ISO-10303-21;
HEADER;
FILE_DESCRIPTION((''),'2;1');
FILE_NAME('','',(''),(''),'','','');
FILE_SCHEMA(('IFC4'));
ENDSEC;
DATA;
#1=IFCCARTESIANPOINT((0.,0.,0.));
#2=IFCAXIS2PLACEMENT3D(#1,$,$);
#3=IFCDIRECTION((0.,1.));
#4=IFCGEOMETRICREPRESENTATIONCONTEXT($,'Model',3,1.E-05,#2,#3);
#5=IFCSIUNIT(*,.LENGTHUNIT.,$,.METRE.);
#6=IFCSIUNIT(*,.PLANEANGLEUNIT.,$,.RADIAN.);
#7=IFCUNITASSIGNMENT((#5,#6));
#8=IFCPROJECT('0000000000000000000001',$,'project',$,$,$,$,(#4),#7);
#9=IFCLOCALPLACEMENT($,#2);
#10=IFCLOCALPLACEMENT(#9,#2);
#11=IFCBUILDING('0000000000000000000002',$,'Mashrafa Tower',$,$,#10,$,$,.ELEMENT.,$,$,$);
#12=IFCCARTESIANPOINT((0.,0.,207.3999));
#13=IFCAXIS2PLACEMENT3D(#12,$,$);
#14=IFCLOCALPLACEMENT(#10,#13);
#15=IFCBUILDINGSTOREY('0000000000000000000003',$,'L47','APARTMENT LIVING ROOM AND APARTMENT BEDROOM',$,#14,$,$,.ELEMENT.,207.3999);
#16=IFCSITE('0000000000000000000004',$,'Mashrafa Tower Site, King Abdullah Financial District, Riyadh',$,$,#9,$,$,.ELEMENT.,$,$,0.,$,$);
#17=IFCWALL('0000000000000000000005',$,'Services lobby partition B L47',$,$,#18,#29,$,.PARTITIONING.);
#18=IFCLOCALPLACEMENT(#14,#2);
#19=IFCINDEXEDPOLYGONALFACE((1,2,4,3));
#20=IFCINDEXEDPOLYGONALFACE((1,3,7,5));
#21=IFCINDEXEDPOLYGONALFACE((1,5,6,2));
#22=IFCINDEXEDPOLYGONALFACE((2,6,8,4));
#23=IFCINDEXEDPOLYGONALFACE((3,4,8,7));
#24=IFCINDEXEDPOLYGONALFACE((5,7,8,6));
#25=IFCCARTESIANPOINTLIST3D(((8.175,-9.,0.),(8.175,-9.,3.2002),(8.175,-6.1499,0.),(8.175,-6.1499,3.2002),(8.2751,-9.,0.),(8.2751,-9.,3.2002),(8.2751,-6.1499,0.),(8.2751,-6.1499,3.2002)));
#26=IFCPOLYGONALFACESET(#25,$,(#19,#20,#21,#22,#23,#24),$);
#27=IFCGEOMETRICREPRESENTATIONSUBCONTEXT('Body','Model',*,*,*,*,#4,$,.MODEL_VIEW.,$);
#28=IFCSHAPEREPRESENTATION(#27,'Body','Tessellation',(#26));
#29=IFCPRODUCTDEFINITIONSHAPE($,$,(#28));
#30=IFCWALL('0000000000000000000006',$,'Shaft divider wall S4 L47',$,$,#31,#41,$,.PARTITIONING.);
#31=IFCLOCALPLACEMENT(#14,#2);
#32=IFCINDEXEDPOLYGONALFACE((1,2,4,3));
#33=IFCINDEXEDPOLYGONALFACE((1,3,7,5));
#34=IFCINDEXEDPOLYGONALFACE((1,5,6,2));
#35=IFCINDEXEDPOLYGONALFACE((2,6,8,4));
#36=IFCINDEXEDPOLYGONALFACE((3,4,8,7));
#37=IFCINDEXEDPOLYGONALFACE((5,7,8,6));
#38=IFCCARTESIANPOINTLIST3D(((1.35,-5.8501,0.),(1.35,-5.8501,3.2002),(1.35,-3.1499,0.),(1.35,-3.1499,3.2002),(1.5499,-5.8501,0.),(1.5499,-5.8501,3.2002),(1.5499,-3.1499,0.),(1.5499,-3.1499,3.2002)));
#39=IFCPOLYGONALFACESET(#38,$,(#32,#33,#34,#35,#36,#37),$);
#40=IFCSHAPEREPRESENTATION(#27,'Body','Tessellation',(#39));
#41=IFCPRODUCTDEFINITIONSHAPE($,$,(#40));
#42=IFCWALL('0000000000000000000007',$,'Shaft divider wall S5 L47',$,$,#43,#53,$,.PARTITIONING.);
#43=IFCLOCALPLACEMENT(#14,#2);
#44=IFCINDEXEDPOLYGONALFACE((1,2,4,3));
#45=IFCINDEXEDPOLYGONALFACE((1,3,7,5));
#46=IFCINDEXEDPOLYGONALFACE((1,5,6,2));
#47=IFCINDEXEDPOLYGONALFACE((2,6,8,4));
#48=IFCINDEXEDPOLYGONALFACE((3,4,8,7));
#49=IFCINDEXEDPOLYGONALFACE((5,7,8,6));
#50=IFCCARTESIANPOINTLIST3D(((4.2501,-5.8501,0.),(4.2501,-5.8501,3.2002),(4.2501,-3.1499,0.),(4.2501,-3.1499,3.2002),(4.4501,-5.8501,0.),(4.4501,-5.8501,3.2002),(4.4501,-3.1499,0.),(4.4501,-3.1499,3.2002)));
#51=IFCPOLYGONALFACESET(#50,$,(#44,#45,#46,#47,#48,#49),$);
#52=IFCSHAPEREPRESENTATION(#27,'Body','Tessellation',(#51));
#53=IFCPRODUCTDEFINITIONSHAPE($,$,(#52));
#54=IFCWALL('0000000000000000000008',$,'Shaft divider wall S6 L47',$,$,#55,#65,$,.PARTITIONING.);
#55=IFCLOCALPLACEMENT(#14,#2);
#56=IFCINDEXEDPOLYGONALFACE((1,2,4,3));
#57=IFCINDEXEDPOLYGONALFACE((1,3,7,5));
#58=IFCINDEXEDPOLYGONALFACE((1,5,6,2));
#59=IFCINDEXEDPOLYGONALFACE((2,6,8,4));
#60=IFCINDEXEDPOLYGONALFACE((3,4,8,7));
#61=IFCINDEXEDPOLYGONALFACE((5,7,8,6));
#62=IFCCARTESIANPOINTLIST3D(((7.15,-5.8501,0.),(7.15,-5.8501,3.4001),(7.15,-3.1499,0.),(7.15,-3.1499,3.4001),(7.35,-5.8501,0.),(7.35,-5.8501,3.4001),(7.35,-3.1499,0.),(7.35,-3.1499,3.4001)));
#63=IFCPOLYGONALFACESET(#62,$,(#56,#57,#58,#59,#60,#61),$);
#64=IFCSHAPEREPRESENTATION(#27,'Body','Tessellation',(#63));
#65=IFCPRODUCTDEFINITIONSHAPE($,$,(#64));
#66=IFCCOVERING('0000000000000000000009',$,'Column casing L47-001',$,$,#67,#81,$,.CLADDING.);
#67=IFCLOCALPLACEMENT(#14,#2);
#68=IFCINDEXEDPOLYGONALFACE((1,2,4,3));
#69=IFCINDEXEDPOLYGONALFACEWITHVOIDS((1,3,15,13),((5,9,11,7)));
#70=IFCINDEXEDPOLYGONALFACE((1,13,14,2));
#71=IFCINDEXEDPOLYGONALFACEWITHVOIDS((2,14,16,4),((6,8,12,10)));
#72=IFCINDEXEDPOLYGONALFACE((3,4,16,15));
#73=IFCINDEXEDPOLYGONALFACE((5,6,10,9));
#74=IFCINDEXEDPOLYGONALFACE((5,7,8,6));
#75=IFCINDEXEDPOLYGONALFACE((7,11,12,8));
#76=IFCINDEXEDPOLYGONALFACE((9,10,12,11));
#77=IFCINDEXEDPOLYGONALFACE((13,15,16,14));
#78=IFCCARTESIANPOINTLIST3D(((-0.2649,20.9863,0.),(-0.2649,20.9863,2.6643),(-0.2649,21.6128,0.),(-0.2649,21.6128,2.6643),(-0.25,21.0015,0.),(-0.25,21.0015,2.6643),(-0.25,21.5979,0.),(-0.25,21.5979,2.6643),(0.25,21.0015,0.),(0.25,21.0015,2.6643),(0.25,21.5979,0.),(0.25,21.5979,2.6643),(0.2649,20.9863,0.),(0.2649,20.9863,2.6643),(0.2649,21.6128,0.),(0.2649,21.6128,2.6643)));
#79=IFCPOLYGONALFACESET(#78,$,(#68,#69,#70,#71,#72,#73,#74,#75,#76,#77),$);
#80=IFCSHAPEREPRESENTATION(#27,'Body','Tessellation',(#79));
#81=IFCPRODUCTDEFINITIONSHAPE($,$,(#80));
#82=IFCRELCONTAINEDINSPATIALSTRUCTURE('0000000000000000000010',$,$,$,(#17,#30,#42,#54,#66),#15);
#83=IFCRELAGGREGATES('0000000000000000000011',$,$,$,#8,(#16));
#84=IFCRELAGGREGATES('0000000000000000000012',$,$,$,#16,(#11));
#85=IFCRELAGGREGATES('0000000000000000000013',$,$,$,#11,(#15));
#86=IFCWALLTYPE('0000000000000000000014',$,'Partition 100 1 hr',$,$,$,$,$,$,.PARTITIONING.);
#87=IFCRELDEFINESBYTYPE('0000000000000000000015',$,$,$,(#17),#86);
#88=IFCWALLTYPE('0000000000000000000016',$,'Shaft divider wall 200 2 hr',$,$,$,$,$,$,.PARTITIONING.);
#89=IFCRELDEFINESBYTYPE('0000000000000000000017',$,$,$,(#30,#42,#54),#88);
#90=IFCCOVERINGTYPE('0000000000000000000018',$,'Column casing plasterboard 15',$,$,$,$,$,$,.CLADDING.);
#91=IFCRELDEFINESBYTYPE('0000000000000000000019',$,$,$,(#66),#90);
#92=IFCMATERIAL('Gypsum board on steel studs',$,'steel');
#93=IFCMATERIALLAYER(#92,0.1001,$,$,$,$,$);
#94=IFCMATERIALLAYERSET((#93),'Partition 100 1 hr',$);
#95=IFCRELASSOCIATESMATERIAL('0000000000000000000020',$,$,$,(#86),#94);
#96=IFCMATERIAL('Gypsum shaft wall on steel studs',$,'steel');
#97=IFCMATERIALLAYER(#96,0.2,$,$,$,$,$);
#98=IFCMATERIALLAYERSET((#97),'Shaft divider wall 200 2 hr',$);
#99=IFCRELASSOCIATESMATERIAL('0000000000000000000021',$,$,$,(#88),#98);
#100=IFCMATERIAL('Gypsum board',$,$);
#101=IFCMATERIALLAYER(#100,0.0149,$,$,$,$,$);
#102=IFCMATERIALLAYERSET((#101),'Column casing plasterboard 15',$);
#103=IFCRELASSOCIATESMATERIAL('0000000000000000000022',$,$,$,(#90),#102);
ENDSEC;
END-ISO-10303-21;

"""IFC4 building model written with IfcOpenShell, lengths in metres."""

from ifc_helpers import new_model, si_unit, direction, frame, frame_2d, origin, place, context, subcontext, project, spatial, polyline, rectangle, outline, extrude, material, layer, layer_set, type_object, element, save


model = new_model("IFC4")

# Units and contexts
model_context = context("Model", 3, precision=1e-05, world=origin(), true_north=direction((0.0, 1.0)))
body_context = subcontext(model_context, "Body", "Model", "MODEL_VIEW")
ifc_project = project(units=[si_unit("LENGTHUNIT", "METRE"), si_unit("PLANEANGLEUNIT", "RADIAN")], contexts=[model_context])

# Site, building, storey
site_placement = place(None, origin())
site = spatial("IfcSite", under=ifc_project, at=site_placement, Name="Mashrafa Tower Site, King Abdullah Financial District, Riyadh", CompositionType="ELEMENT", RefElevation=0.0)
building_placement = place(site_placement, origin())
building = spatial("IfcBuilding", under=site, at=building_placement, Name="Mashrafa Tower", CompositionType="ELEMENT")
storey_placement = place(building_placement, frame((0.0, 0.0, 207.3999)))
storey = spatial("IfcBuildingStorey", under=building, at=storey_placement, Name="L47", Description="APARTMENT LIVING ROOM AND APARTMENT BEDROOM", CompositionType="ELEMENT", Elevation=207.3999)

# Walls
ifc_material_1 = material(Name="Gypsum board on steel studs", Category="steel")
ifc_layer_1 = layer(ifc_material_1, 0.1001)
ifc_layer_set_1 = layer_set([ifc_layer_1], Name="Partition 100 1 hr")
wall_type_1 = type_object("IfcWallType", Name="Partition 100 1 hr", PredefinedType="PARTITIONING", material=ifc_layer_set_1)
wall_1_placement = place(storey_placement, frame((8.2251, -9.0, 0.0), z_axis=(0.0, 0.0, 1.0), x_axis=(0.0, 1.0, 0.0)))
element("IfcWall", 1, at=wall_1_placement, inside=storey, type_object=wall_type_1, Name="Services lobby partition B L47", PredefinedType="PARTITIONING", context=body_context, shape_type="SweptSolid", body=[
    extrude(rectangle(XDim=2.8501, YDim=0.1001, at=frame_2d((1.425, 0.0))), origin(), (0.0, 0.0, 1.0), 3.2002),
])
ifc_material_2 = material(Name="Gypsum shaft wall on steel studs", Category="steel")
ifc_layer_2 = layer(ifc_material_2, 0.2)
ifc_layer_set_2 = layer_set([ifc_layer_2], Name="Shaft divider wall 200 2 hr")
wall_type_2 = type_object("IfcWallType", Name="Shaft divider wall 200 2 hr", PredefinedType="PARTITIONING", material=ifc_layer_set_2)
for number, where, z_axis, x_axis, name in (
    (2, (1.45, -5.8501, 0.0), (0.0, 0.0, 1.0), (0.0, 1.0, 0.0), "Shaft divider wall S4 L47"),
    (3, (4.3501, -5.8501, 0.0), (0.0, 0.0, 1.0), (0.0, 1.0, 0.0), "Shaft divider wall S5 L47"),
):
    element("IfcWall", number, at=place(storey_placement, frame(where, z_axis=z_axis, x_axis=x_axis)), inside=storey, type_object=wall_type_2, Name=name, PredefinedType="PARTITIONING", context=body_context, shape_type="SweptSolid", body=[
        extrude(rectangle(XDim=2.7002, YDim=0.2, at=frame_2d((1.3501, 0.0))), origin(), (0.0, 0.0, 1.0), 3.2002),
    ])
wall_2_placement = place(storey_placement, frame((7.25, -5.8501, 0.0), z_axis=(0.0, 0.0, 1.0), x_axis=(0.0, 1.0, 0.0)))
element("IfcWall", 4, at=wall_2_placement, inside=storey, type_object=wall_type_2, Name="Shaft divider wall S6 L47", PredefinedType="PARTITIONING", context=body_context, shape_type="SweptSolid", body=[
    extrude(rectangle(XDim=2.7002, YDim=0.2, at=frame_2d((1.3501, 0.0))), origin(), (0.0, 0.0, 1.0), 3.4001),
])

# Covering
ifc_material_3 = material(Name="Gypsum board")
ifc_layer_3 = layer(ifc_material_3, 0.0149)
ifc_layer_set_3 = layer_set([ifc_layer_3], Name="Column casing plasterboard 15")
covering_type = type_object("IfcCoveringType", Name="Column casing plasterboard 15", PredefinedType="CLADDING", material=ifc_layer_set_3)
covering_placement = place(storey_placement, origin())
element("IfcCovering", 5, at=covering_placement, inside=storey, type_object=covering_type, Name="Column casing L47-001", PredefinedType="CLADDING", context=body_context, shape_type="SweptSolid", body=[
    extrude(outline(polyline([(-0.2649, 21.6128), (0.2649, 21.6128), (0.2649, 20.9863), (-0.2649, 20.9863), (-0.2649, 21.6128)]), holes=[polyline([(0.25, 21.0015), (0.25, 21.5979), (-0.25, 21.5979), (-0.25, 21.0015), (0.25, 21.0015)])]), origin(), (0.0, 0.0, 1.0), 2.6643),
])

save(model, "model.ifc")
